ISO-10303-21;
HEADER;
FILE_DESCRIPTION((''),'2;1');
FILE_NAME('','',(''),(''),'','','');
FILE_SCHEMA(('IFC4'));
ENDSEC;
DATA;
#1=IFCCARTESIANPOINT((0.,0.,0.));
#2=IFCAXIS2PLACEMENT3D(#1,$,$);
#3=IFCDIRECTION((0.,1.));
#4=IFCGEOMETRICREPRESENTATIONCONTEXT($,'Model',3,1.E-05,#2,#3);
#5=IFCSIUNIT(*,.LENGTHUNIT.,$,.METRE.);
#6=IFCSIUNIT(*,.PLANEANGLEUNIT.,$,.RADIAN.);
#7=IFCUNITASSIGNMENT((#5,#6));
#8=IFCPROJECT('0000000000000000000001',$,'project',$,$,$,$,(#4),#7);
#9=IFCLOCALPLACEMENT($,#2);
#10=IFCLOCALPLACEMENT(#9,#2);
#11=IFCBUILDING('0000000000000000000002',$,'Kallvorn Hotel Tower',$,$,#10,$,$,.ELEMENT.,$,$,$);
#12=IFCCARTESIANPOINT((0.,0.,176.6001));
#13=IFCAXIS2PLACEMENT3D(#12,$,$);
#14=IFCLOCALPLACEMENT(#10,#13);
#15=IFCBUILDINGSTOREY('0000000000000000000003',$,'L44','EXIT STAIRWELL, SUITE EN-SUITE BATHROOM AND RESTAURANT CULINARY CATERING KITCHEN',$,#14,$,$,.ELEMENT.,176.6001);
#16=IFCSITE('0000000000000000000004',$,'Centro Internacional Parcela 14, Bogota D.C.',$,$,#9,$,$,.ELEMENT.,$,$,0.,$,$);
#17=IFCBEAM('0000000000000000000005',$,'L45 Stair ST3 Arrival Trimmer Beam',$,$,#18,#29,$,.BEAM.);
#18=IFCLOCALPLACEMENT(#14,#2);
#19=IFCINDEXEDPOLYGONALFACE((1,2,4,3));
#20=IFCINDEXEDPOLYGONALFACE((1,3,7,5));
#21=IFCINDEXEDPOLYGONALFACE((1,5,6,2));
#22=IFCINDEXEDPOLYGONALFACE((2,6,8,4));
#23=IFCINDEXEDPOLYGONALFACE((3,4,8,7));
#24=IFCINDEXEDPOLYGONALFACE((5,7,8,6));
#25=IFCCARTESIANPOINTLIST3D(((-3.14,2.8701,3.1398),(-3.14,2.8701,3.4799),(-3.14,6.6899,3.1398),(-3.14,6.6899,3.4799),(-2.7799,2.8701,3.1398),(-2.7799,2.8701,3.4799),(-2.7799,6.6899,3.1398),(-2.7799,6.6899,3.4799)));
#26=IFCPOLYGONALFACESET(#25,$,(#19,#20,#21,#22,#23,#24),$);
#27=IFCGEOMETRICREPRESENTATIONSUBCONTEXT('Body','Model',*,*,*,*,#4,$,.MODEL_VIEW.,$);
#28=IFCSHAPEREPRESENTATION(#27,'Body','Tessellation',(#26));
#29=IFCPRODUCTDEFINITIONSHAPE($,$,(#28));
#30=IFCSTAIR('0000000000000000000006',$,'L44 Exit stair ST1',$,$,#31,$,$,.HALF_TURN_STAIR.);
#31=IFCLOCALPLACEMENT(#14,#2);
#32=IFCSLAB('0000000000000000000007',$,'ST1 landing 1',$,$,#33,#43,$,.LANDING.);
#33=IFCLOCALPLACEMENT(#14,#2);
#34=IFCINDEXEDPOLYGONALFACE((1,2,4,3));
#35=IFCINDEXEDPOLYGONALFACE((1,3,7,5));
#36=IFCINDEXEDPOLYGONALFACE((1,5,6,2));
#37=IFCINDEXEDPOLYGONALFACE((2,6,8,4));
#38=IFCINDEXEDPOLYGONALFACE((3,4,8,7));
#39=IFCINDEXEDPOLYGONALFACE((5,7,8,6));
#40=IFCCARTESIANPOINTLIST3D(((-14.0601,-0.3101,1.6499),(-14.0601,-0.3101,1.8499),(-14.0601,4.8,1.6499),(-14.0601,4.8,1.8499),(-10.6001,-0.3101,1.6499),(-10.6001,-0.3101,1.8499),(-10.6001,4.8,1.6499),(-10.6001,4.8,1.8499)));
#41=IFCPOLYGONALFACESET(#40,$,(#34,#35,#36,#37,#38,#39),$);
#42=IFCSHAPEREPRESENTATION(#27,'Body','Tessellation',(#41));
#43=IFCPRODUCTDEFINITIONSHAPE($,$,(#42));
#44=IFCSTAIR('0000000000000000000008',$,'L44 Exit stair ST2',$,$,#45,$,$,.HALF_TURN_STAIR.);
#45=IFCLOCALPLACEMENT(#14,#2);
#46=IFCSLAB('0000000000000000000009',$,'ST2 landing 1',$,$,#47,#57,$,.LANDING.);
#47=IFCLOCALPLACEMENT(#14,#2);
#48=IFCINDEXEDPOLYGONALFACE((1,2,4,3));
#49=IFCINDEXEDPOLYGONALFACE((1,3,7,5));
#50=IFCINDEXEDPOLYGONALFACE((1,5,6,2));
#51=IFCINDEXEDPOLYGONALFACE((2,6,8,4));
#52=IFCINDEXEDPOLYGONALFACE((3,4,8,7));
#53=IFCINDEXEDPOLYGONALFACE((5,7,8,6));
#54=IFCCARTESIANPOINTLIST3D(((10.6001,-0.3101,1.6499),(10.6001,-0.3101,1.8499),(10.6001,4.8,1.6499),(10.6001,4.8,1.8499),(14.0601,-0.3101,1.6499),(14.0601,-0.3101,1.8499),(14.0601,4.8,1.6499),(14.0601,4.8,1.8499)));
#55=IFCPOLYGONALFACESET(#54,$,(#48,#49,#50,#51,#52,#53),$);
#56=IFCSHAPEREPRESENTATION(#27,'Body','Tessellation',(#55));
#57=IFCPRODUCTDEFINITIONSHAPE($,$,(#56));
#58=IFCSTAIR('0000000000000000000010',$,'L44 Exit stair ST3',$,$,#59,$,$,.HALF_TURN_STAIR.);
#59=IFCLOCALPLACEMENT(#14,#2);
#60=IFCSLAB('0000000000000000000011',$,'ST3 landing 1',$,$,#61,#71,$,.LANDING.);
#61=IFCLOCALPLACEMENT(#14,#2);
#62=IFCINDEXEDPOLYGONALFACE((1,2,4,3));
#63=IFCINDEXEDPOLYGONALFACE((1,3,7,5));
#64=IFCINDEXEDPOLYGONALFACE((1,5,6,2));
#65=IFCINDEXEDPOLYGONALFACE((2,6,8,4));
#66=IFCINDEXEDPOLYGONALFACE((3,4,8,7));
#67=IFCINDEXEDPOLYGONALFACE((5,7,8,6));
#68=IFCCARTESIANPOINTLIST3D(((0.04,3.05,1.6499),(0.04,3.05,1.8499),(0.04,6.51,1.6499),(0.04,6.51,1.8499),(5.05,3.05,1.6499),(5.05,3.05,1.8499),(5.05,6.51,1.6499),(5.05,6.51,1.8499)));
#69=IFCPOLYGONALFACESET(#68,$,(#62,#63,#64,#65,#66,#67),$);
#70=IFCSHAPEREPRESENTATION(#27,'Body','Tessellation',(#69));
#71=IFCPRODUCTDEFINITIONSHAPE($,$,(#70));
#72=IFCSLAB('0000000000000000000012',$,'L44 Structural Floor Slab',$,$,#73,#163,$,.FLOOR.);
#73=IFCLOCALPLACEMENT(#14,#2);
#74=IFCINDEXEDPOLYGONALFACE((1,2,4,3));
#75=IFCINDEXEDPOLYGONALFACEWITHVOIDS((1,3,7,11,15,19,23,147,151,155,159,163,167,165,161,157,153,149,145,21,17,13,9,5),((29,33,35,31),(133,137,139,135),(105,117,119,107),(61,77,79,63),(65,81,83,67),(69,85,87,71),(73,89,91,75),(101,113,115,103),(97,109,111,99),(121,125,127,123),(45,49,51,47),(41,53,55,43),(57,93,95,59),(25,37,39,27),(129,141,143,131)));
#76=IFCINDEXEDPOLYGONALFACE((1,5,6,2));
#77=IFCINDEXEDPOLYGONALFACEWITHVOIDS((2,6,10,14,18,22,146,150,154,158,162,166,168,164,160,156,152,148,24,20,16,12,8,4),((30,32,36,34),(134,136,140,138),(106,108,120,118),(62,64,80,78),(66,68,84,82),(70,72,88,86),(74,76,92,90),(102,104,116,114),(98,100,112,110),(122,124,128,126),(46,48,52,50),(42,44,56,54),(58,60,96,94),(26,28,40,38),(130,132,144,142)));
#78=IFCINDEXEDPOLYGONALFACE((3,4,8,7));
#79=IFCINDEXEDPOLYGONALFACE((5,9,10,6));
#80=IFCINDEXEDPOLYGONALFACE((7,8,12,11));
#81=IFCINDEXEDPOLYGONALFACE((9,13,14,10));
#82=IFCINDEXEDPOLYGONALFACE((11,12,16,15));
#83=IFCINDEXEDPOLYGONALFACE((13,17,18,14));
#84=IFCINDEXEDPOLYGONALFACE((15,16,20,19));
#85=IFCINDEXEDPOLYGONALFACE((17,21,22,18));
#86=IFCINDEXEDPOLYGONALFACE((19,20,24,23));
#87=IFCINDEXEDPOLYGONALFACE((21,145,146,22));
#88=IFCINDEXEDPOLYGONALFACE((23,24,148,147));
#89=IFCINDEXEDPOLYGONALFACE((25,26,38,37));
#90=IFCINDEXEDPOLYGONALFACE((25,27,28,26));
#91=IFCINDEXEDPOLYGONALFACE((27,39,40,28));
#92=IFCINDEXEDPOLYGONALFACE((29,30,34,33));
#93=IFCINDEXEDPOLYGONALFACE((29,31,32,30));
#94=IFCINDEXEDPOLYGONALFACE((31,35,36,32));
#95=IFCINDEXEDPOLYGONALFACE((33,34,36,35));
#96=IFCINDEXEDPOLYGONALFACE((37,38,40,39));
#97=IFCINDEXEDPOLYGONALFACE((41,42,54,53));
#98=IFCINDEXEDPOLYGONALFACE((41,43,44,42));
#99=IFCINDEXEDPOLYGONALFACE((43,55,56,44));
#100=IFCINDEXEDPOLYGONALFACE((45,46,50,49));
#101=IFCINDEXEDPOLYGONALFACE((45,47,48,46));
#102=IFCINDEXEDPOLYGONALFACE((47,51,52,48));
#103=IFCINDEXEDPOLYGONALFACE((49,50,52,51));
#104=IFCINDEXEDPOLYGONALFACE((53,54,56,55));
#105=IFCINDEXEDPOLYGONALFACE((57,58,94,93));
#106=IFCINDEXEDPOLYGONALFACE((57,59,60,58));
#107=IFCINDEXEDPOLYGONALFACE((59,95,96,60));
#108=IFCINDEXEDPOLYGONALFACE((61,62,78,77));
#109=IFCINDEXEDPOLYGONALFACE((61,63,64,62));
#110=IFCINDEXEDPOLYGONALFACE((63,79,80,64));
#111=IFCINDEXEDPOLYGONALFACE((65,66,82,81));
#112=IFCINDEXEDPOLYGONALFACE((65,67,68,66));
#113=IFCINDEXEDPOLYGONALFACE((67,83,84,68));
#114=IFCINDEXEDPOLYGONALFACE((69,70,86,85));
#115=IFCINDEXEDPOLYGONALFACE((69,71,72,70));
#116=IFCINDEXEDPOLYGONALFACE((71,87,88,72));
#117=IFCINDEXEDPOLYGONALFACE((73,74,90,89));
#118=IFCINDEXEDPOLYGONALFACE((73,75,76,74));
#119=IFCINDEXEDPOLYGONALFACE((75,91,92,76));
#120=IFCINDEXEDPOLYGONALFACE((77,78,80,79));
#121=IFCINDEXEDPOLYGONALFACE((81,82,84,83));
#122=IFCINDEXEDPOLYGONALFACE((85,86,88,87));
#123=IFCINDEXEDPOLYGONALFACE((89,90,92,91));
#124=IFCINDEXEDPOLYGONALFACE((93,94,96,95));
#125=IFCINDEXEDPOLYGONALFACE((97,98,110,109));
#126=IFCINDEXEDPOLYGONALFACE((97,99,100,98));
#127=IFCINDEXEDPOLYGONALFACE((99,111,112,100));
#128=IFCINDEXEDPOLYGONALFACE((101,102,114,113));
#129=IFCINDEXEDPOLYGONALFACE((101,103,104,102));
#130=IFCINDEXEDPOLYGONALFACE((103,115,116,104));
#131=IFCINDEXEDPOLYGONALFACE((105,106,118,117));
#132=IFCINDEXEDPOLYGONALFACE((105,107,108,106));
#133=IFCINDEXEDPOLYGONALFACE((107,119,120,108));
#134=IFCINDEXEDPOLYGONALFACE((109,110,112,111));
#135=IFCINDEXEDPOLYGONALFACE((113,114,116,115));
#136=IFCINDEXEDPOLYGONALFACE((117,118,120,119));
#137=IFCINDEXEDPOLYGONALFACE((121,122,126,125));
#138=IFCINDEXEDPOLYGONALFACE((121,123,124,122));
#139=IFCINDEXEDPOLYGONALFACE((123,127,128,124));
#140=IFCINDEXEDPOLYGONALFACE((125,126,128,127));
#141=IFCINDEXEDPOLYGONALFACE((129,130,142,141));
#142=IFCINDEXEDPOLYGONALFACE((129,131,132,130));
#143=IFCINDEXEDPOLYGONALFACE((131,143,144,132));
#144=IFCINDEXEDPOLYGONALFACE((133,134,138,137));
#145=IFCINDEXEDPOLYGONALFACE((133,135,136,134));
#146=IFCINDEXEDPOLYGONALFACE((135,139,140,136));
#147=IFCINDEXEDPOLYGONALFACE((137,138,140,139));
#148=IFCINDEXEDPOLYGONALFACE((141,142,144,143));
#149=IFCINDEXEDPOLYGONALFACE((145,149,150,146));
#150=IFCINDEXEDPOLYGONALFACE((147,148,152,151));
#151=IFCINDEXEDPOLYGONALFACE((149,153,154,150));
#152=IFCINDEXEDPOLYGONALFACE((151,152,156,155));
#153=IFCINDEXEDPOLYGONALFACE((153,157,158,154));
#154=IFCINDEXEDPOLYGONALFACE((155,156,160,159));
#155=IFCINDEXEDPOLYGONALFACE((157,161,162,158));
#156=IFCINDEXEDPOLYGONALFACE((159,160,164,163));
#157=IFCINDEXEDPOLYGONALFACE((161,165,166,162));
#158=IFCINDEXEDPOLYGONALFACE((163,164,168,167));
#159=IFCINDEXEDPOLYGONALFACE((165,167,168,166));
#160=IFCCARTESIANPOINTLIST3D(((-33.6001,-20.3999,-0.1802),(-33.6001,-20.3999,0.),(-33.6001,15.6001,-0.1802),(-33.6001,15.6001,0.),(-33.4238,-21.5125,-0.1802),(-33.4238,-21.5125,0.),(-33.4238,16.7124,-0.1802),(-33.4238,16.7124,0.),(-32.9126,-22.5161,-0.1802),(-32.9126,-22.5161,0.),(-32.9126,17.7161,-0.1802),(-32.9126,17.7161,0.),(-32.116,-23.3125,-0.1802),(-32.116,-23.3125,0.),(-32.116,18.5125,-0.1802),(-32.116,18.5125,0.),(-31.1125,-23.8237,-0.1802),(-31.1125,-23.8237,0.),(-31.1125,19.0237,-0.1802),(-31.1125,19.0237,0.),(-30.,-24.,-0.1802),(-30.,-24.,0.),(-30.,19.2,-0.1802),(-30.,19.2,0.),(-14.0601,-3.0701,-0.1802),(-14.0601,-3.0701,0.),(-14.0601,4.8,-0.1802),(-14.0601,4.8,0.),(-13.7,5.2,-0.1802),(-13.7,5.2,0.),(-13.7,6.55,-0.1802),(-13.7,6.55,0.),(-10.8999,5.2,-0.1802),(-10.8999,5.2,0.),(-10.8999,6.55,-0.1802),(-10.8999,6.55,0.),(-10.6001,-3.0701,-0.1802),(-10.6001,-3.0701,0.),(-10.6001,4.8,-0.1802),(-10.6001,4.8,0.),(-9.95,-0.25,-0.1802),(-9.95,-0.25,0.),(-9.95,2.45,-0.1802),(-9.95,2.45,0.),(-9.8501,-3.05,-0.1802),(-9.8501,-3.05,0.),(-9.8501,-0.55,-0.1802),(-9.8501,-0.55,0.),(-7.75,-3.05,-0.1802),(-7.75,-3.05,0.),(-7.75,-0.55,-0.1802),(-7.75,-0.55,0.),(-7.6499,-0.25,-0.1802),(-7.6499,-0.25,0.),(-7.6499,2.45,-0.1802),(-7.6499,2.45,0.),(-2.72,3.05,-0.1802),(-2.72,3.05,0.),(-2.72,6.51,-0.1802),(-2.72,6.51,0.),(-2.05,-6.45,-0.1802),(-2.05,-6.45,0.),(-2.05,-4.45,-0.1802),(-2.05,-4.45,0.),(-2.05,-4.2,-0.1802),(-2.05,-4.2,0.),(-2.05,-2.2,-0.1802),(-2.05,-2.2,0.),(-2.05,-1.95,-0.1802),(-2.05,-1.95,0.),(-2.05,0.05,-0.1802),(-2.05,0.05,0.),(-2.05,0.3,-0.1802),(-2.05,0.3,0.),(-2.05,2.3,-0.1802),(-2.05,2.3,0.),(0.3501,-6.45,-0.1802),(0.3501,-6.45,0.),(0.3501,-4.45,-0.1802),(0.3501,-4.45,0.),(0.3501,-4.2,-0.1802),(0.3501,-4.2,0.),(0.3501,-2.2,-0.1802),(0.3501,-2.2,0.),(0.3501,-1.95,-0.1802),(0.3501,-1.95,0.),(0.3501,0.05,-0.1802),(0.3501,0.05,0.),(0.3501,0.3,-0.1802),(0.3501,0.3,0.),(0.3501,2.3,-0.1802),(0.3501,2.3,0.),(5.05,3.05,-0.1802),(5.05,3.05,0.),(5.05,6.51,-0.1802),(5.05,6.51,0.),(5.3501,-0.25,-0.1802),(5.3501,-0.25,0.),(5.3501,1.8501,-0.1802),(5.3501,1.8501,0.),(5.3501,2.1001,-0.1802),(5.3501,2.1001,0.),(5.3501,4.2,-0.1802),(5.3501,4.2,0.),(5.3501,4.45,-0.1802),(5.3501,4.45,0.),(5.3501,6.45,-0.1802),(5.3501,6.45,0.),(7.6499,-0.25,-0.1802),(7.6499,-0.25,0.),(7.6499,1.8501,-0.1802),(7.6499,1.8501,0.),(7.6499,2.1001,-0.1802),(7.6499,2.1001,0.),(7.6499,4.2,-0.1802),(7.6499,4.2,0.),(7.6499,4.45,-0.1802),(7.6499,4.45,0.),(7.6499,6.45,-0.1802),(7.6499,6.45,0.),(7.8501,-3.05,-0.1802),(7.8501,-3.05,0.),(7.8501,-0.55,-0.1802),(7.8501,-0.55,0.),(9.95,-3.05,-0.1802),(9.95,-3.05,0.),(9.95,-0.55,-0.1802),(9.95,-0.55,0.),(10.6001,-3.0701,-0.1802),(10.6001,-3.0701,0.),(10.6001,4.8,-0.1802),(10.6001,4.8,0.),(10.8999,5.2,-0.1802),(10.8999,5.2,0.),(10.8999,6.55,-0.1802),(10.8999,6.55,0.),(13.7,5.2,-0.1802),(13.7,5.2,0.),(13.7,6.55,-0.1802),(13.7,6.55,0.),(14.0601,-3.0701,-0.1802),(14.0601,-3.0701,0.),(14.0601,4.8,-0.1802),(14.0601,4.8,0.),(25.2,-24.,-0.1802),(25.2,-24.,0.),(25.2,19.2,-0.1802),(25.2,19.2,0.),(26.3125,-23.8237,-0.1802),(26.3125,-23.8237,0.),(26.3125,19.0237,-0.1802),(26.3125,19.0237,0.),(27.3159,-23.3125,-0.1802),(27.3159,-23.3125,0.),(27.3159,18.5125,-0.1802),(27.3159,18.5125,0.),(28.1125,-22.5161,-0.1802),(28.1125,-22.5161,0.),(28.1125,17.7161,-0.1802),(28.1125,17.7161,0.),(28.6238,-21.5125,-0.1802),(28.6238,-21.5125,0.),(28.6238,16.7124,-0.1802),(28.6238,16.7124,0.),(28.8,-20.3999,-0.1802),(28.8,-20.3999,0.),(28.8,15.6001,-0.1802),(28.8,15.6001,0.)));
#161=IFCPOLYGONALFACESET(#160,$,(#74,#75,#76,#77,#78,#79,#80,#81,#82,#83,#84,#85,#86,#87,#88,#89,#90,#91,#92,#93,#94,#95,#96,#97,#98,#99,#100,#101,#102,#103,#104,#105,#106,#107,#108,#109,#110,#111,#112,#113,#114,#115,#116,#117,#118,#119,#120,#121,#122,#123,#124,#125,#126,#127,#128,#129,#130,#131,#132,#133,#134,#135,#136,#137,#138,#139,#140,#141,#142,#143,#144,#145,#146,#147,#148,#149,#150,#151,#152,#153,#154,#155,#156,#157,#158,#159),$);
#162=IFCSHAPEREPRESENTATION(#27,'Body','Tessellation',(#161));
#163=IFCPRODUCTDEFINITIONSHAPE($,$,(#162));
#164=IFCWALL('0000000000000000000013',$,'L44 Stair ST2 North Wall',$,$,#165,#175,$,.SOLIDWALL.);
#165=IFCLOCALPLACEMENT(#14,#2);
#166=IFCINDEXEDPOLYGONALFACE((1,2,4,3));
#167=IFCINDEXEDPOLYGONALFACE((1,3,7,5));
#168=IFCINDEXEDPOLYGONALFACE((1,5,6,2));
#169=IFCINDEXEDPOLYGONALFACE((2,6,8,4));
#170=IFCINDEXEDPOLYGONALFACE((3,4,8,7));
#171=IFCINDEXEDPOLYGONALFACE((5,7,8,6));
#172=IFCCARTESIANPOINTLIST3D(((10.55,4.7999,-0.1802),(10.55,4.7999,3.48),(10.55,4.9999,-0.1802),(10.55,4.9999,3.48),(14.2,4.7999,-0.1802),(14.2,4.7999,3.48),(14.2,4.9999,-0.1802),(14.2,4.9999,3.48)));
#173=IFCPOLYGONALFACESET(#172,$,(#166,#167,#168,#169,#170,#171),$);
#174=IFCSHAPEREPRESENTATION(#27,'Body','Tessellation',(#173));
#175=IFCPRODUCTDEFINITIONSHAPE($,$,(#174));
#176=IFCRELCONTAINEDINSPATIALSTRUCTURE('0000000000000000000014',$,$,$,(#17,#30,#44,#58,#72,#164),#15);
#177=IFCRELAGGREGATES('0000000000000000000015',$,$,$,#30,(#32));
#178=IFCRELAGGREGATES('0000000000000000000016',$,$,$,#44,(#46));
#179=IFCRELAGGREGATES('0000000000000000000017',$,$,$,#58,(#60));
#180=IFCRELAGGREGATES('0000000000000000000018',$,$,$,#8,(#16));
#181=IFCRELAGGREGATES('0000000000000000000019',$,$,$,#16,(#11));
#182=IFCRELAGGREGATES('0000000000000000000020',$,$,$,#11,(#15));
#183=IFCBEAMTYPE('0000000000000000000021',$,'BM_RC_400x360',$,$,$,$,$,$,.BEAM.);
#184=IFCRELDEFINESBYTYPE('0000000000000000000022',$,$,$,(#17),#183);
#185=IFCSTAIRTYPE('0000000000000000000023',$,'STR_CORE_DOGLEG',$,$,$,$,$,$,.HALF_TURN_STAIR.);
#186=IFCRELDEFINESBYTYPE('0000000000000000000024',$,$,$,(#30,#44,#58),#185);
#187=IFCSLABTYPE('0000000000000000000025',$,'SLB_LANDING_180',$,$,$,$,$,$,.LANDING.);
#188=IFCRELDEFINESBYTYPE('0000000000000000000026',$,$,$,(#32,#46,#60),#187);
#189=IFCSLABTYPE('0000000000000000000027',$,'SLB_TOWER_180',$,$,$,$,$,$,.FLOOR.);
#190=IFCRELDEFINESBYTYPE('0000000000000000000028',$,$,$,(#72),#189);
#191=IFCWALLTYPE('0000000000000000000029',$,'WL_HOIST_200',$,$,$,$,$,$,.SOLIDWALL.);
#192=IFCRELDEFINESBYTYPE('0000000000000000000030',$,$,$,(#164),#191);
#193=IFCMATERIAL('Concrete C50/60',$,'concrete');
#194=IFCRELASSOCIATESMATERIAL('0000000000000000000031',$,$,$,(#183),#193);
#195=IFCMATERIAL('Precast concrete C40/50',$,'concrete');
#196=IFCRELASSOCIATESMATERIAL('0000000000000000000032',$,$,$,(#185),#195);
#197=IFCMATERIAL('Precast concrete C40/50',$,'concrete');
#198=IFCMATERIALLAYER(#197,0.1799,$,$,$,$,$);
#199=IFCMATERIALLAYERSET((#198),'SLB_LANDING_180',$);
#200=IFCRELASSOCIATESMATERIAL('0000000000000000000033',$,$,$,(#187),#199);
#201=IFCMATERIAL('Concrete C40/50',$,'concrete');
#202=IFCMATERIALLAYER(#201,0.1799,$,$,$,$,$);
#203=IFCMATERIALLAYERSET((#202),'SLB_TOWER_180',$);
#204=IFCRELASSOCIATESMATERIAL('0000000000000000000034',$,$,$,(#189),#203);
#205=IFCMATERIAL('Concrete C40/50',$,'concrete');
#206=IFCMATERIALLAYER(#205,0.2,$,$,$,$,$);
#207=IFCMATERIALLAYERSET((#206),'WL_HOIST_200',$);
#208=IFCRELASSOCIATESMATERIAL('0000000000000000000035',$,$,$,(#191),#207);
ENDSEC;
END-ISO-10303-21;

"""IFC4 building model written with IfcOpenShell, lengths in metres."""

from ifc_helpers import new_model, si_unit, direction, frame, frame_2d, origin, origin_2d, place, context, subcontext, project, spatial, polyline, rectangle, outline, extrude, material, layer, layer_set, material_profile, profile_set, type_object, element, aggregate, save


model = new_model("IFC4")

# Units and contexts
model_context = context("Model", 3, precision=1e-05, world=origin(), true_north=direction((0.0, 1.0)))
body_context = subcontext(model_context, "Body", "Model", "MODEL_VIEW")
ifc_project = project(units=[si_unit("LENGTHUNIT", "METRE"), si_unit("PLANEANGLEUNIT", "RADIAN")], contexts=[model_context])

# Site, building, storey
site_placement = place(None, origin())
site = spatial("IfcSite", under=ifc_project, at=site_placement, Name="Centro Internacional Parcela 14, Bogota D.C.", CompositionType="ELEMENT", RefElevation=0.0)
building_placement = place(site_placement, origin())
building = spatial("IfcBuilding", under=site, at=building_placement, Name="Kallvorn Hotel Tower", CompositionType="ELEMENT")
storey_placement = place(building_placement, frame((0.0, 0.0, 176.6001)))
storey = spatial("IfcBuildingStorey", under=building, at=storey_placement, Name="L44", Description="EXIT STAIRWELL, SUITE EN-SUITE BATHROOM AND RESTAURANT CULINARY CATERING KITCHEN", CompositionType="ELEMENT", Elevation=176.6001)

# Beam
ifc_material_1 = material(Name="Concrete C50/60", Category="concrete")
ifc_material_profile = material_profile(ifc_material_1, rectangle(XDim=0.3601, YDim=0.3401, at=origin_2d()), Name="RC 360x340")
ifc_profile_set = profile_set([ifc_material_profile], Name="Concrete C50/60")
beam_type = type_object("IfcBeamType", Name="BM_RC_400x360", PredefinedType="BEAM", material=ifc_profile_set)
beam_placement = place(storey_placement, frame((-2.96, 2.8701, 3.3098), z_axis=(0.0, 1.0, 0.0), x_axis=(-1.0, 0.0, 0.0)))
element("IfcBeam", 1, at=beam_placement, inside=storey, type_object=beam_type, Name="L45 Stair ST3 Arrival Trimmer Beam", PredefinedType="BEAM", context=body_context, shape_type="SweptSolid", body=[
    extrude(rectangle(XDim=0.3601, YDim=0.3401, at=origin_2d()), origin(), (0.0, 0.0, 1.0), 3.8198),
])

# Stairs, slabs
ifc_material_2 = material(Name="Precast concrete C40/50", Category="concrete")
stair_type = type_object("IfcStairType", Name="STR_CORE_DOGLEG", PredefinedType="HALF_TURN_STAIR", material=ifc_material_2)
stair_1_placement = place(storey_placement, origin())
stair_1 = element("IfcStair", 2, at=stair_1_placement, inside=storey, type_object=stair_type, Name="L44 Exit stair ST1", PredefinedType="HALF_TURN_STAIR")
ifc_material_3 = material(Name="Precast concrete C40/50", Category="concrete")
ifc_layer_1 = layer(ifc_material_3, 0.1799)
ifc_layer_set_1 = layer_set([ifc_layer_1], Name="SLB_LANDING_180")
slab_type_1 = type_object("IfcSlabType", Name="SLB_LANDING_180", PredefinedType="LANDING", material=ifc_layer_set_1)
slab_1_placement = place(storey_placement, frame((0.0, 0.0, 1.6499)))
slab_1 = element("IfcSlab", 3, at=slab_1_placement, type_object=slab_type_1, Name="ST1 landing 1", PredefinedType="LANDING", context=body_context, shape_type="SweptSolid", body=[
    extrude(outline(polyline([(-10.6001, -0.3101), (-10.6001, 4.8), (-14.0601, 4.8), (-14.0601, -0.3101), (-10.6001, -0.3101)])), origin(), (0.0, 0.0, 1.0), 0.2),
])
aggregate(stair_1, [slab_1])
stair_2_placement = place(storey_placement, origin())
stair_2 = element("IfcStair", 4, at=stair_2_placement, inside=storey, type_object=stair_type, Name="L44 Exit stair ST2", PredefinedType="HALF_TURN_STAIR")
slab_2_placement = place(storey_placement, frame((0.0, 0.0, 1.6499)))
slab_2 = element("IfcSlab", 5, at=slab_2_placement, type_object=slab_type_1, Name="ST2 landing 1", PredefinedType="LANDING", context=body_context, shape_type="SweptSolid", body=[
    extrude(outline(polyline([(14.0601, -0.3101), (14.0601, 4.8), (10.6001, 4.8), (10.6001, -0.3101), (14.0601, -0.3101)])), origin(), (0.0, 0.0, 1.0), 0.2),
])
aggregate(stair_2, [slab_2])
stair_3_placement = place(storey_placement, origin())
stair_3 = element("IfcStair", 6, at=stair_3_placement, inside=storey, type_object=stair_type, Name="L44 Exit stair ST3", PredefinedType="HALF_TURN_STAIR")
slab_3_placement = place(storey_placement, frame((0.0, 0.0, 1.6499)))
slab_3 = element("IfcSlab", 7, at=slab_3_placement, type_object=slab_type_1, Name="ST3 landing 1", PredefinedType="LANDING", context=body_context, shape_type="SweptSolid", body=[
    extrude(outline(polyline([(0.04, 3.05), (5.05, 3.05), (5.05, 6.51), (0.04, 6.51), (0.04, 3.05)])), origin(), (0.0, 0.0, 1.0), 0.2),
])

# Slab
ifc_material_4 = material(Name="Concrete C40/50", Category="concrete")
ifc_layer_2 = layer(ifc_material_4, 0.1799)
ifc_layer_set_2 = layer_set([ifc_layer_2], Name="SLB_TOWER_180")
slab_type_2 = type_object("IfcSlabType", Name="SLB_TOWER_180", PredefinedType="FLOOR", material=ifc_layer_set_2)
slab_4_placement = place(storey_placement, frame((0.0, 0.0, -0.1802)))
element("IfcSlab", 8, at=slab_4_placement, inside=storey, type_object=slab_type_2, Name="L44 Structural Floor Slab", PredefinedType="FLOOR", context=body_context, shape_type="SweptSolid", body=[
    extrude(outline(polyline([(25.2, -24.0), (26.3125, -23.8237), (27.3159, -23.3125), (28.1125, -22.5161), (28.6238, -21.5125), (28.8, -20.3999), (28.8, 15.6001), (28.6238, 16.7124), (28.1125, 17.7161), (27.3159, 18.5125), (26.3125, 19.0237), (25.2, 19.2), (-30.0, 19.2), (-31.1125, 19.0237), (-32.116, 18.5125), (-32.9126, 17.7161), (-33.4238, 16.7124), (-33.6001, 15.6001), (-33.6001, -20.3999), (-33.4238, -21.5125), (-32.9126, -22.5161), (-32.116, -23.3125), (-31.1125, -23.8237), (-30.0, -24.0), (25.2, -24.0)]), holes=[polyline([(-10.6001, -3.0701), (-10.6001, 4.8), (-14.0601, 4.8), (-14.0601, -3.0701), (-10.6001, -3.0701)]), polyline([(14.0601, -3.0701), (14.0601, 4.8), (10.6001, 4.8), (10.6001, -3.0701), (14.0601, -3.0701)]), polyline([(-2.72, 3.05), (5.05, 3.05), (5.05, 6.51), (-2.72, 6.51), (-2.72, 3.05)]), polyline([(-2.05, -6.45), (0.3501, -6.45), (0.3501, -4.45), (-2.05, -4.45), (-2.05, -6.45)]), polyline([(-2.05, -4.2), (0.3501, -4.2), (0.3501, -2.2), (-2.05, -2.2), (-2.05, -4.2)]), polyline([(-2.05, -1.95), (0.3501, -1.95), (0.3501, 0.05), (-2.05, 0.05), (-2.05, -1.95)]), polyline([(-2.05, 0.3), (0.3501, 0.3), (0.3501, 2.3), (-2.05, 2.3), (-2.05, 0.3)]), polyline([(5.3501, -0.25), (7.6499, -0.25), (7.6499, 1.8501), (5.3501, 1.8501), (5.3501, -0.25)]), polyline([(5.3501, 2.1001), (7.6499, 2.1001), (7.6499, 4.2), (5.3501, 4.2), (5.3501, 2.1001)]), polyline([(5.3501, 4.45), (7.6499, 4.45), (7.6499, 6.45), (5.3501, 6.45), (5.3501, 4.45)]), polyline([(-9.8501, -3.05), (-7.75, -3.05), (-7.75, -0.55), (-9.8501, -0.55), (-9.8501, -3.05)]), polyline([(7.8501, -3.05), (9.95, -3.05), (9.95, -0.55), (7.8501, -0.55), (7.8501, -3.05)]), polyline([(-9.95, -0.25), (-7.6499, -0.25), (-7.6499, 2.45), (-9.95, 2.45), (-9.95, -0.25)]), polyline([(-13.7, 5.2), (-10.8999, 5.2), (-10.8999, 6.55), (-13.7, 6.55), (-13.7, 5.2)]), polyline([(10.8999, 5.2), (13.7, 5.2), (13.7, 6.55), (10.8999, 6.55), (10.8999, 5.2)])]), origin(), (0.0, 0.0, 1.0), 0.1802),
])

# Wall
ifc_material_5 = material(Name="Concrete C40/50", Category="concrete")
ifc_layer_3 = layer(ifc_material_5, 0.2)
ifc_layer_set_3 = layer_set([ifc_layer_3], Name="WL_HOIST_200")
wall_type_1 = type_object("IfcWallType", Name="WL_HOIST_200", PredefinedType="SOLIDWALL", material=ifc_layer_set_3)
wall_1_placement = place(storey_placement, frame((10.55, 4.8999, -0.1802), z_axis=(0.0, 0.0, 1.0), x_axis=(1.0, 0.0, 0.0)))
element("IfcWall", 9, at=wall_1_placement, inside=storey, type_object=wall_type_1, Name="L44 Stair ST2 North Wall", PredefinedType="SOLIDWALL", context=body_context, shape_type="SweptSolid", body=[
    extrude(rectangle(XDim=3.6499, YDim=0.2, at=frame_2d((1.825, 0.0))), origin(), (0.0, 0.0, 1.0), 3.6602),
])

aggregate(stair_3, [slab_3])

save(model, "model.ifc")
